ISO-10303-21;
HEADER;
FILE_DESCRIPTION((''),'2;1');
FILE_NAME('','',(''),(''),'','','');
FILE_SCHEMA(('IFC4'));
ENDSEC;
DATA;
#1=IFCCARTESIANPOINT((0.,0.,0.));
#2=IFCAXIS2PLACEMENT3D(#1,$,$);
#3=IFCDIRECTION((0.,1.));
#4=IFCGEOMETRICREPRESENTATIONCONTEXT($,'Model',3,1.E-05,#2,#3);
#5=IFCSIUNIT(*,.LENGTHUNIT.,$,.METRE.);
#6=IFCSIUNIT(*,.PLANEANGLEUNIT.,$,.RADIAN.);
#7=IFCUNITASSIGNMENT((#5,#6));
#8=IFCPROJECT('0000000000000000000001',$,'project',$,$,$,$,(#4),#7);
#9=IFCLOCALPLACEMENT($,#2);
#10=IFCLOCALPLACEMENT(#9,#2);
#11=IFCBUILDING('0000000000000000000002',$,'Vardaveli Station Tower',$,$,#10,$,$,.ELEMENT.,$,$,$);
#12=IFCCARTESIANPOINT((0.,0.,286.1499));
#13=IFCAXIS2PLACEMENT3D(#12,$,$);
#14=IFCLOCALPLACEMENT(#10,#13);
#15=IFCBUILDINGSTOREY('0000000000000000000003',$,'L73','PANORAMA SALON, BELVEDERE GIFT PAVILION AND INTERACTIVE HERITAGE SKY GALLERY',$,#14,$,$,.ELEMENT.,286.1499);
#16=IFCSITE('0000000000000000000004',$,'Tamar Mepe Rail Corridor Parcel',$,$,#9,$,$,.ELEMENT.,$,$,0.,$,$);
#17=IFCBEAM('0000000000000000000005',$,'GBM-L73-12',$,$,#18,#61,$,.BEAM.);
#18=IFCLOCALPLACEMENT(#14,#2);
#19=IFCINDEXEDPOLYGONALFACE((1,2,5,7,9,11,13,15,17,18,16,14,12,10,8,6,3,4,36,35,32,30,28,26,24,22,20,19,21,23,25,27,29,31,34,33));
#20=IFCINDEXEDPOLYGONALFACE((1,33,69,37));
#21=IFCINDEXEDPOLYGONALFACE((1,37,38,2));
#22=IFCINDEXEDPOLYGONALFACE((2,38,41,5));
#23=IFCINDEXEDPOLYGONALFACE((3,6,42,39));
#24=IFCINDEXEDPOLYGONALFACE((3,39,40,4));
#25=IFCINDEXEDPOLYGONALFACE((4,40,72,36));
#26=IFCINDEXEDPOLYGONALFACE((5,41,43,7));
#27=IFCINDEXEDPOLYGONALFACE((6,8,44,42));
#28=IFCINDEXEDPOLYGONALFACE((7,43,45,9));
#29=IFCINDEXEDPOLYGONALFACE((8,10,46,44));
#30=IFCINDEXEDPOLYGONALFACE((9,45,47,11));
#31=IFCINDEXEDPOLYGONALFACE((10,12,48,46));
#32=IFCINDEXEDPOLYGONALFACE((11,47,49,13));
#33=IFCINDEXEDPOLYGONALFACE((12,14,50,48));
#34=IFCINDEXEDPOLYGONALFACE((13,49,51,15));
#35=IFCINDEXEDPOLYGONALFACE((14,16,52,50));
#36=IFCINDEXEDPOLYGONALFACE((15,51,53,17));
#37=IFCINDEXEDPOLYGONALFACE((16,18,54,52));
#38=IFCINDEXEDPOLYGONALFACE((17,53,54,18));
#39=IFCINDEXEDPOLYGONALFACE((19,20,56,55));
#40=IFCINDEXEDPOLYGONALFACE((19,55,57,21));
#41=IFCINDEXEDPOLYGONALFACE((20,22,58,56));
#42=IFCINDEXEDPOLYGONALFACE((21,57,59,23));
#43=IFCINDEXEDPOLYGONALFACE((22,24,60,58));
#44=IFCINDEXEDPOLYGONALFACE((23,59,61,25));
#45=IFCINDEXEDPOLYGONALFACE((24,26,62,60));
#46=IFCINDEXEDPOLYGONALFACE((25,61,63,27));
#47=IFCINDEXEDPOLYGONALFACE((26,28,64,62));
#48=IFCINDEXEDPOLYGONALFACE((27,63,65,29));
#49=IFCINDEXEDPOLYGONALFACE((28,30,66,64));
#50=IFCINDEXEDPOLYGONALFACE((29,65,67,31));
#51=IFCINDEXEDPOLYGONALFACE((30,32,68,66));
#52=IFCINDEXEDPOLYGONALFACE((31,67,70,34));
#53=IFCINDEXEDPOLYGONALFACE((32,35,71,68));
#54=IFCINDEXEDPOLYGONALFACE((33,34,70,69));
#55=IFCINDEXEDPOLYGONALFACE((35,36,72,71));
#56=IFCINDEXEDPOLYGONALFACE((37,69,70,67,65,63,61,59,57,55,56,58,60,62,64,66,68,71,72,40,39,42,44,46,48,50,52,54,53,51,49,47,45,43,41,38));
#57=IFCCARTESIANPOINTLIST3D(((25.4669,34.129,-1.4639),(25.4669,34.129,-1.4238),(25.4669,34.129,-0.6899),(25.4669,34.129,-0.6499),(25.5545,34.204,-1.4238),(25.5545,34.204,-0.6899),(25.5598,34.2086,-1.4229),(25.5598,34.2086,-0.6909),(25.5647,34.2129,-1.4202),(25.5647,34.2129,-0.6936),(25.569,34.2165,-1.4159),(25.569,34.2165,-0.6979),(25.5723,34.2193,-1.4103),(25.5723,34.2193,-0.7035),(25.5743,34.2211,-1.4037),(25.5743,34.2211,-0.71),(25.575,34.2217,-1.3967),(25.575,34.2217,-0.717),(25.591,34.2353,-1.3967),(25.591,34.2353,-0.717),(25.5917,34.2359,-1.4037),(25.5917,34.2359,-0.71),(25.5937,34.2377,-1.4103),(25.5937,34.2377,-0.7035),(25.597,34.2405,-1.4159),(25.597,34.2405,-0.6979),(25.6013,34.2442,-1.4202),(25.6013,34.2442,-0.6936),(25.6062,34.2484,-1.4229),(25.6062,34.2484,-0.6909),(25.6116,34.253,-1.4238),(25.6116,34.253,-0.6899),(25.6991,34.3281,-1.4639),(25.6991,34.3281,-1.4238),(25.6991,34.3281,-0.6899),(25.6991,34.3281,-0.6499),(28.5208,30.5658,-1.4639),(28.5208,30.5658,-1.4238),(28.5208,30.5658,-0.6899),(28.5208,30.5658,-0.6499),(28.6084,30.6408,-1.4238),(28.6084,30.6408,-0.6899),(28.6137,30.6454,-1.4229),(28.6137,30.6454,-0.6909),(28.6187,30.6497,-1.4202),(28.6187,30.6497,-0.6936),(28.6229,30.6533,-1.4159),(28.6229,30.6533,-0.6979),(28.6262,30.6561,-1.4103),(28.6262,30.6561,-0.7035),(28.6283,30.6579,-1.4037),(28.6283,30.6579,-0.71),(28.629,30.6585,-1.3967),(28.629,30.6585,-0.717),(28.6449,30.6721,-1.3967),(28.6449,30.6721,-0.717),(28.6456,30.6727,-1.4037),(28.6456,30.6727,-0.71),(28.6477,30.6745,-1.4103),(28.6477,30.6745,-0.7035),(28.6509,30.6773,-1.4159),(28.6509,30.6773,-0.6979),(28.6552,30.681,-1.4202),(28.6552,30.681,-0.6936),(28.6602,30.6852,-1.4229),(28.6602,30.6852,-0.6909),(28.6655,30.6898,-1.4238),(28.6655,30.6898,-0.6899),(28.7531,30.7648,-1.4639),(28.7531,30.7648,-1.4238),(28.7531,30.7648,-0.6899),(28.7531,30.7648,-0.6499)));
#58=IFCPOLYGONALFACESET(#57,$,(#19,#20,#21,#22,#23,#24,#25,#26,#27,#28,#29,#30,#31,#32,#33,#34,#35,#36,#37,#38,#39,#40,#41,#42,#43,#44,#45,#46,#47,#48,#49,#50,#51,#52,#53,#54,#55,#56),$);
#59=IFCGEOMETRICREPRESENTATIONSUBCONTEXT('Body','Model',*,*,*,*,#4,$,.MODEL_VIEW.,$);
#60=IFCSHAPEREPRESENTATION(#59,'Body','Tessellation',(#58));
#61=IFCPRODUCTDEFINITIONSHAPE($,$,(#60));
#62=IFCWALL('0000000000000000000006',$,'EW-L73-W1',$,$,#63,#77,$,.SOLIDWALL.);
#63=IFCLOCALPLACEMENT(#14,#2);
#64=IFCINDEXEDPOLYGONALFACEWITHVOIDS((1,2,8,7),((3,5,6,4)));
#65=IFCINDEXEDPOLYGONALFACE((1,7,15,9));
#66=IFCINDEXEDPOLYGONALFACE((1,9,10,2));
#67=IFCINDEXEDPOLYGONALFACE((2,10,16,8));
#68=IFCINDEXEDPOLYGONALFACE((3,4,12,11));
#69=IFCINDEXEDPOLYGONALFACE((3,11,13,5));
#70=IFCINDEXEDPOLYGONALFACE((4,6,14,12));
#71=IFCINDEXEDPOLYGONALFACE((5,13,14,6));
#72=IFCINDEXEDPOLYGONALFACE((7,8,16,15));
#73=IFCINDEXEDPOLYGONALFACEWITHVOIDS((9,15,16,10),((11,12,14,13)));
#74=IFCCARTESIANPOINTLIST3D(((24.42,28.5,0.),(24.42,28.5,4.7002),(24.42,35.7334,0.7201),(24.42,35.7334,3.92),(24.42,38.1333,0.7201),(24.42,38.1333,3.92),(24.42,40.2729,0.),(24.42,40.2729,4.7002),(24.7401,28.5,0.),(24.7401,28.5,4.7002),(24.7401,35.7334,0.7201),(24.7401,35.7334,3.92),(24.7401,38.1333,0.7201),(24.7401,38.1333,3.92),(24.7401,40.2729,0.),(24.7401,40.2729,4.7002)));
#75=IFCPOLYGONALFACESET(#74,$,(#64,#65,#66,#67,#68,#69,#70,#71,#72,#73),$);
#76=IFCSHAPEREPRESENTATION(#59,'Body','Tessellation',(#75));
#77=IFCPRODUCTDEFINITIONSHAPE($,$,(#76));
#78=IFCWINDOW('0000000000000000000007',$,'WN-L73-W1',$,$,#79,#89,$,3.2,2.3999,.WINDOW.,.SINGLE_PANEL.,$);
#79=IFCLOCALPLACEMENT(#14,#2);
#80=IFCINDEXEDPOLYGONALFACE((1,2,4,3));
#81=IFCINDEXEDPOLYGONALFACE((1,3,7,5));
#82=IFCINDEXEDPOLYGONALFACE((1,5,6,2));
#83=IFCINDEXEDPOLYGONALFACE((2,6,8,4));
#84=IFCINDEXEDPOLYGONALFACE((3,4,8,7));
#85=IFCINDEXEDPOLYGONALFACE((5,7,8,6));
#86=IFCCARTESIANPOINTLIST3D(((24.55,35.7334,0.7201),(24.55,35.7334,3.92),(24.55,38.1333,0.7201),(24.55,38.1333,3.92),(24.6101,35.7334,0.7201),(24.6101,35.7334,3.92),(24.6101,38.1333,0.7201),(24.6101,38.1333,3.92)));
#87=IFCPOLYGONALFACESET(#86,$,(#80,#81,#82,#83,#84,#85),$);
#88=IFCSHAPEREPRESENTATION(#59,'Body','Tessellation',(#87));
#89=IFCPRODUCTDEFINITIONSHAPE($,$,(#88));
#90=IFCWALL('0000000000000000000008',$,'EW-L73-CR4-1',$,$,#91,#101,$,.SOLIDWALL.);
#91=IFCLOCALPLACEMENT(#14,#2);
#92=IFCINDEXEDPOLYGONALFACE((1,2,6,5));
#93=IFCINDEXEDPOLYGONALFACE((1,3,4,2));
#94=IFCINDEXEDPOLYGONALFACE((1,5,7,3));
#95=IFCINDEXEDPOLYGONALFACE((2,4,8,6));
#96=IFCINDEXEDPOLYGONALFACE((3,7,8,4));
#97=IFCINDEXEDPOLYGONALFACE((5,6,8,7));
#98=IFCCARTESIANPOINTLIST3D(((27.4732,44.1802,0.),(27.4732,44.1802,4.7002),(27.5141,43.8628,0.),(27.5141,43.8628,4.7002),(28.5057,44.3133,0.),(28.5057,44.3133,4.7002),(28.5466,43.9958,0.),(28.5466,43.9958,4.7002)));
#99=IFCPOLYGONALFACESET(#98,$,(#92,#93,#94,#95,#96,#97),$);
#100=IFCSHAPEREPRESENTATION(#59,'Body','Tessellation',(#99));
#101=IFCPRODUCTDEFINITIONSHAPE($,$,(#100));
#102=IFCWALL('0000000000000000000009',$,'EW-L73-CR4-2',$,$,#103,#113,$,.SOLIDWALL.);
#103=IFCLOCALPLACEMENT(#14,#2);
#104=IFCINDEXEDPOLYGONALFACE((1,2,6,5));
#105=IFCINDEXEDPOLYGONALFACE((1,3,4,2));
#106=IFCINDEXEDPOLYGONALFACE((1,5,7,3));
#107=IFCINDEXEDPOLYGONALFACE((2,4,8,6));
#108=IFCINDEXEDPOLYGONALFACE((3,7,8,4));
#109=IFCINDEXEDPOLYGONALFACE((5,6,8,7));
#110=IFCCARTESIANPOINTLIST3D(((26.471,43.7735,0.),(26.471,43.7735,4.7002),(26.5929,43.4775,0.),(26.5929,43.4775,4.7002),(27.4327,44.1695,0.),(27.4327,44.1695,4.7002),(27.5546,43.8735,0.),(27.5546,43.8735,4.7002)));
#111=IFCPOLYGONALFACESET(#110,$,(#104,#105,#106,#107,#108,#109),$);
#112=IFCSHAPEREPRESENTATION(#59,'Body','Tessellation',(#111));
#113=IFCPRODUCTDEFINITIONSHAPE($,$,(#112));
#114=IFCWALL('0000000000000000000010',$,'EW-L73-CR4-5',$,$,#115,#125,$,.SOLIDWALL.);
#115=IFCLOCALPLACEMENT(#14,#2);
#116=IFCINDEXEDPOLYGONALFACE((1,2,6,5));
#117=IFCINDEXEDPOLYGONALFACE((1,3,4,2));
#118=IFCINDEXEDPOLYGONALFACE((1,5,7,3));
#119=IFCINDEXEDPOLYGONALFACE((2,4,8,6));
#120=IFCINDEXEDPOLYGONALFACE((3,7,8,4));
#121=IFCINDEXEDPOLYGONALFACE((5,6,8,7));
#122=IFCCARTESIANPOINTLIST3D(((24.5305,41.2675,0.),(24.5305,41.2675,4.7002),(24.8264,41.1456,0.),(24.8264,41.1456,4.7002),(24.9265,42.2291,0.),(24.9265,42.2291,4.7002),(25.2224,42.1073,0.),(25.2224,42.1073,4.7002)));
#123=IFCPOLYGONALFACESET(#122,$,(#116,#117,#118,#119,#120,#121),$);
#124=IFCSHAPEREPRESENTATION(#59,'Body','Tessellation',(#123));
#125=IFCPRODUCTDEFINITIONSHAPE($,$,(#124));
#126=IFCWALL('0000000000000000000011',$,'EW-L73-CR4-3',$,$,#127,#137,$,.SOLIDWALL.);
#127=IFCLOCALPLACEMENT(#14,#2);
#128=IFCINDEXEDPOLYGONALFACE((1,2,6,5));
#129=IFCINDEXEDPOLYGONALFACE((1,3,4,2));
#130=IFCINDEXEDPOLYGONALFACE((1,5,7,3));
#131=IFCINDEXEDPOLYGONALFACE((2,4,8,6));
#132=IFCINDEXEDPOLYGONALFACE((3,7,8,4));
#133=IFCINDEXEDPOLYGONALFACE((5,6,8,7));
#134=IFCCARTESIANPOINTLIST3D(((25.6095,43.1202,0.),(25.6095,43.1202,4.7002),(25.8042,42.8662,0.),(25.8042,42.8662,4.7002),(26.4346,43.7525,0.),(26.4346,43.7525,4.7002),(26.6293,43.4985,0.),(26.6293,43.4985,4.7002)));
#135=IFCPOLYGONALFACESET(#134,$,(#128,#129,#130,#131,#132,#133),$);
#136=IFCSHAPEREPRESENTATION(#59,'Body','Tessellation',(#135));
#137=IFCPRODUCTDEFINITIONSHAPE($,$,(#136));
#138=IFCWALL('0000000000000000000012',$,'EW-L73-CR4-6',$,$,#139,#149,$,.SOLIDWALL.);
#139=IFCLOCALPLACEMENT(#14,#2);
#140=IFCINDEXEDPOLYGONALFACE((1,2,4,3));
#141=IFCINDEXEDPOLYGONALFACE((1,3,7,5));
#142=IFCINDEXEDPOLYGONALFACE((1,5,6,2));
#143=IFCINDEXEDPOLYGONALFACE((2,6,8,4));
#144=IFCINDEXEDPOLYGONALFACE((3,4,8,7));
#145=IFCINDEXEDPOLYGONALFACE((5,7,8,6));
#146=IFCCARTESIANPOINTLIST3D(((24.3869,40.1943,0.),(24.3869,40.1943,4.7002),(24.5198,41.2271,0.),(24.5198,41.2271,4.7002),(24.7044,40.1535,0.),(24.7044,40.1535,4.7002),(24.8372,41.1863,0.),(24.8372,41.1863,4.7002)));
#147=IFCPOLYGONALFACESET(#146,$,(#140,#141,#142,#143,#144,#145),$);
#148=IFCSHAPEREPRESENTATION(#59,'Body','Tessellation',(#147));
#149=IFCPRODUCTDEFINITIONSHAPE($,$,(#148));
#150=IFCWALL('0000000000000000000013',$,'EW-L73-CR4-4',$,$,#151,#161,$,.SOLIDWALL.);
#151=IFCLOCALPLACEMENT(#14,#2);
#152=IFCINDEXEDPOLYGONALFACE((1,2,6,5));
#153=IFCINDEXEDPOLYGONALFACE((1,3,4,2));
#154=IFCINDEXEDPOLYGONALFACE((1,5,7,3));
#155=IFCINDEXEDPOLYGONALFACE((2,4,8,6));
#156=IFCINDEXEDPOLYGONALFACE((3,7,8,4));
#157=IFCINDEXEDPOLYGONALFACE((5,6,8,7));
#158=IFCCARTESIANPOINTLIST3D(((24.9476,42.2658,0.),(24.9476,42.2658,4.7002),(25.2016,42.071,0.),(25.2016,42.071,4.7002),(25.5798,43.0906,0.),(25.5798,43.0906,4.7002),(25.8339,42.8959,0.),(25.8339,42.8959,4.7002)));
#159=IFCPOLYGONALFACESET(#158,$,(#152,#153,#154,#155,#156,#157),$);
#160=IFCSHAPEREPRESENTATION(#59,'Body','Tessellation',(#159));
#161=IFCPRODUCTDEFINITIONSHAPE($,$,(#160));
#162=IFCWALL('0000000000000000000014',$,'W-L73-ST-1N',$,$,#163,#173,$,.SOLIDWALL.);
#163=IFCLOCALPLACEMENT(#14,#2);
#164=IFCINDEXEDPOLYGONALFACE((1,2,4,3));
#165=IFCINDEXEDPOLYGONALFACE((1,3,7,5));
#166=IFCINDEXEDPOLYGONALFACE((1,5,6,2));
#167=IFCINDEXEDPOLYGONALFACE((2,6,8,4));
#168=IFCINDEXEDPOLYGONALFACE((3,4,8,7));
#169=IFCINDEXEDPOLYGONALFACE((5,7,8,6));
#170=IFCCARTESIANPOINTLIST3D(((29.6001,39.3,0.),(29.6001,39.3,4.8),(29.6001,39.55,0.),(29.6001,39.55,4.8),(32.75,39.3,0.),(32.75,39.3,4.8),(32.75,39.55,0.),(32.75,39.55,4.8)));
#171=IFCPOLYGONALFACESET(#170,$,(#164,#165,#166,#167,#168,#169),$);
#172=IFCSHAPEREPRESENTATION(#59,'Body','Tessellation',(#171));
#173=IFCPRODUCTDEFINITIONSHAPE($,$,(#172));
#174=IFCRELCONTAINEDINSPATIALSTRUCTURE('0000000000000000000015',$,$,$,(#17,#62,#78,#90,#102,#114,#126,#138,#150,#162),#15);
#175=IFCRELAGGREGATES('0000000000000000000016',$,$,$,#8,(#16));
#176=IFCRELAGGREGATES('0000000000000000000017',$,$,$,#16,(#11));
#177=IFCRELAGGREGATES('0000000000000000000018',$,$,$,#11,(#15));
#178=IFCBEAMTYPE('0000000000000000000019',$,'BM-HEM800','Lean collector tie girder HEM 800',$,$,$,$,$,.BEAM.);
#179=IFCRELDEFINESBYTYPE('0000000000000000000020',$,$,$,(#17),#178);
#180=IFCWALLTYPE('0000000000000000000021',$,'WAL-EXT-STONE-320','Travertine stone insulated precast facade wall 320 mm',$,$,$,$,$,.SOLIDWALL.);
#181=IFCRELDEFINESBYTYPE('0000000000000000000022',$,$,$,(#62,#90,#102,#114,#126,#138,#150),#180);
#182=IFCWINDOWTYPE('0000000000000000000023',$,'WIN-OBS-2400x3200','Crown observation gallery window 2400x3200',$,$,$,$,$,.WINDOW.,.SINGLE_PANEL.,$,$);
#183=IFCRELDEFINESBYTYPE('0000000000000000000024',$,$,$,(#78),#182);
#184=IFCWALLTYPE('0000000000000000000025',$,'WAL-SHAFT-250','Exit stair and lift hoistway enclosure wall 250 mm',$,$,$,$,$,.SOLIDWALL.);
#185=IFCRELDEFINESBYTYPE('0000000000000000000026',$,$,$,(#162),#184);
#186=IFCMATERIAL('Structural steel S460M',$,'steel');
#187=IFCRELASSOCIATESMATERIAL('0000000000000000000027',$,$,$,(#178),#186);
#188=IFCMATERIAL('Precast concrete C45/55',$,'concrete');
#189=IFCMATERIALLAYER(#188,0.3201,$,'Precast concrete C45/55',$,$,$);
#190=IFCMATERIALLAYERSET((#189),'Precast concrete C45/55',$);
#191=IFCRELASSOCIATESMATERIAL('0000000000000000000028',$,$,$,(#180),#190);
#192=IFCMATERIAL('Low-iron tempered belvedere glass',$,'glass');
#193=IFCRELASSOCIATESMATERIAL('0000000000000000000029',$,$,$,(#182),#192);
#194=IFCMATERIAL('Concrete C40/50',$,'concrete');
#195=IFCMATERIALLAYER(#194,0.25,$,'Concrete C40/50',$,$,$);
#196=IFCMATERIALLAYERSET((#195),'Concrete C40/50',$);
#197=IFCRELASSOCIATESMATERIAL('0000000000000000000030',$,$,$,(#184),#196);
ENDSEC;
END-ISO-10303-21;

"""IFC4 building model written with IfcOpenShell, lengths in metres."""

from ifc_helpers import new_model, si_unit, direction, frame, frame_2d, origin, origin_2d, place, context, subcontext, project, spatial, rectangle, i_section, extrude, source, transform, mapped, material, layer, layer_set, material_profile, profile_set, type_object, element, fill, save


model = new_model("IFC4")

# Units and contexts
model_context = context("Model", 3, precision=1e-05, world=origin(), true_north=direction((0.0, 1.0)))
body_context = subcontext(model_context, "Body", "Model", "MODEL_VIEW")
ifc_project = project(units=[si_unit("LENGTHUNIT", "METRE"), si_unit("PLANEANGLEUNIT", "RADIAN")], contexts=[model_context])

# Site, building, storey
site_placement = place(None, origin())
site = spatial("IfcSite", under=ifc_project, at=site_placement, Name="Tamar Mepe Rail Corridor Parcel", CompositionType="ELEMENT", RefElevation=0.0)
building_placement = place(site_placement, origin())
building = spatial("IfcBuilding", under=site, at=building_placement, Name="Vardaveli Station Tower", CompositionType="ELEMENT")
storey_placement = place(building_placement, frame((0.0, 0.0, 286.1499)))
storey = spatial("IfcBuildingStorey", under=building, at=storey_placement, Name="L73", Description="PANORAMA SALON, BELVEDERE GIFT PAVILION AND INTERACTIVE HERITAGE SKY GALLERY", CompositionType="ELEMENT", Elevation=286.1499)

# Beam
ifc_material_1 = material(Name="Structural steel S460M", Category="steel")
ifc_material_profile_1 = material_profile(ifc_material_1, i_section(OverallWidth=0.3059, OverallDepth=0.814, WebThickness=0.021, FlangeThickness=0.04, FilletRadius=0.0271, at=origin_2d()), Name="HEM 800")
ifc_profile_set_1 = profile_set([ifc_material_profile_1], Name="Structural steel S460M")
beam_type_1 = type_object("IfcBeamType", Name="BM-HEM800", Description="Lean collector tie girder HEM 800", PredefinedType="BEAM", material=ifc_profile_set_1)
shared_shape_1 = source(origin(), body_context, "Body", "SweptSolid", [
    extrude(i_section(OverallWidth=0.3059, OverallDepth=0.814, WebThickness=0.021, FlangeThickness=0.04, FilletRadius=0.0271, at=origin_2d()), origin(), (0.0, 0.0, 1.0), 4.6929),
])
beam_1_placement = place(storey_placement, frame((25.583, 34.2285, -1.0569), z_axis=(0.650761, -0.759282, 0.0), x_axis=(0.759282, 0.650761, 0.0)))
element("IfcBeam", 1, at=beam_1_placement, inside=storey, type_object=beam_type_1, Name="GBM-L73-12", PredefinedType="BEAM", context=body_context, shape_type="MappedRepresentation", body=[
    mapped(shared_shape_1, transform((0.0, 0.0, 0.0), scale=1.0)),
])

# Wall, opening, window
ifc_material_2 = material(Name="Precast concrete C45/55", Category="concrete")
ifc_layer_1 = layer(ifc_material_2, 0.3201, Name="Precast concrete C45/55")
ifc_layer_set_1 = layer_set([ifc_layer_1], Name="Precast concrete C45/55")
wall_type_1 = type_object("IfcWallType", Name="WAL-EXT-STONE-320", Description="Travertine stone insulated precast facade wall 320 mm", PredefinedType="SOLIDWALL", material=ifc_layer_set_1)
shared_shape_2 = source(origin(), body_context, "Body", "SweptSolid", [
    extrude(rectangle(XDim=11.7729, YDim=0.3201, at=frame_2d((5.8865, 0.0))), origin(), (0.0, 0.0, 1.0), 4.7002),
])
wall_1_placement = place(storey_placement, frame((24.5801, 40.2729, 0.0), z_axis=(0.0, 0.0, 1.0), x_axis=(0.0, -1.0, 0.0)))
wall_1 = element("IfcWall", 2, at=wall_1_placement, inside=storey, type_object=wall_type_1, Name="EW-L73-W1", PredefinedType="SOLIDWALL", context=body_context, shape_type="MappedRepresentation", body=[
    mapped(shared_shape_2, transform((0.0, 0.0, 0.0), scale=1.0)),
])
shared_shape_3 = source(origin(), body_context, "Body", "SweptSolid", [
    extrude(rectangle(XDim=2.3999, YDim=3.2, at=frame_2d((1.2, 1.6001))), frame((0.0, 0.1699, 0.0), z_axis=(0.0, -1.0, 0.0), x_axis=(1.0, 0.0, 0.0)), (0.0, 0.0, 1.0), 0.3401),
])
opening_placement = place(wall_1_placement, frame((2.1396, 0.0, 0.72)))
opening = element("IfcOpeningElement", 3, at=opening_placement, cuts=wall_1, PredefinedType="OPENING", context=body_context, shape_type="MappedRepresentation", body=[
    mapped(shared_shape_3, transform((0.0, 0.0, 0.0), scale=1.0)),
])
ifc_material_3 = material(Name="Low-iron tempered belvedere glass", Category="glass")
window_type = type_object("IfcWindowType", Name="WIN-OBS-2400x3200", Description="Crown observation gallery window 2400x3200", PartitioningType="SINGLE_PANEL", PredefinedType="WINDOW", material=ifc_material_3)
shared_shape_4 = source(origin(), body_context, "Body", "SweptSolid", [
    extrude(rectangle(XDim=2.3999, YDim=3.2, at=frame_2d((1.2, 1.6001))), frame((0.0, 0.03, 0.0), z_axis=(0.0, -1.0, 0.0), x_axis=(1.0, 0.0, 0.0)), (0.0, 0.0, 1.0), 0.0601),
])
window_placement = place(opening_placement, origin())
window = element("IfcWindow", 4, at=window_placement, inside=storey, type_object=window_type, Name="WN-L73-W1", OverallHeight=3.2, OverallWidth=2.3999, PartitioningType="SINGLE_PANEL", PredefinedType="WINDOW", context=body_context, shape_type="MappedRepresentation", body=[
    mapped(shared_shape_4, transform((0.0, 0.0, 0.0), scale=1.0)),
])
fill(opening, window)

# Walls
shared_shape_5 = source(origin(), body_context, "Body", "SweptSolid", [
    extrude(rectangle(XDim=1.041, YDim=0.3201, at=frame_2d((0.5205, 0.0))), origin(), (0.0, 0.0, 1.0), 4.7002),
])
wall_2_placement = place(storey_placement, frame((28.5261, 44.1545, 0.0), z_axis=(0.0, 0.0, 1.0), x_axis=(-0.991798, -0.127815, 0.0)))
element("IfcWall", 5, at=wall_2_placement, inside=storey, type_object=wall_type_1, Name="EW-L73-CR4-1", PredefinedType="SOLIDWALL", context=body_context, shape_type="MappedRepresentation", body=[
    mapped(shared_shape_5, transform((0.0, 0.0, 0.0), scale=1.0)),
])
shared_shape_6 = source(origin(), body_context, "Body", "SweptSolid", [
    extrude(rectangle(XDim=1.04, YDim=0.3201, at=frame_2d((0.52, 0.0))), origin(), (0.0, 0.0, 1.0), 4.7002),
])
for number, where, z_axis, x_axis, name in (
    (6, (27.4937, 44.0215, 0.0), (0.0, 0.0, 1.0), (-0.924673, -0.380762, 0.0), "EW-L73-CR4-2"),
    (7, (25.0745, 42.1682, 0.0), (0.0, 0.0, 1.0), (-0.380762, -0.924673, 0.0), "EW-L73-CR4-5"),
):
    element("IfcWall", number, at=place(storey_placement, frame(where, z_axis=z_axis, x_axis=x_axis)), inside=storey, type_object=wall_type_1, Name=name, PredefinedType="SOLIDWALL", context=body_context, shape_type="MappedRepresentation", body=[
        mapped(shared_shape_6, transform((0.0, 0.0, 0.0), scale=1.0)),
    ])
shared_shape_7 = source(origin(), body_context, "Body", "SweptSolid", [
    extrude(rectangle(XDim=1.0396, YDim=0.3201, at=frame_2d((0.5198, 0.0))), origin(), (0.0, 0.0, 1.0), 4.7002),
])
wall_3_placement = place(storey_placement, frame((26.532, 43.6255, 0.0), z_axis=(0.0, 0.0, 1.0), x_axis=(-0.793758, -0.608234, 0.0)))
element("IfcWall", 8, at=wall_3_placement, inside=storey, type_object=wall_type_1, Name="EW-L73-CR4-3", PredefinedType="SOLIDWALL", context=body_context, shape_type="MappedRepresentation", body=[
    mapped(shared_shape_7, transform((0.0, 0.0, 0.0), scale=1.0)),
])
shared_shape_8 = source(origin(), body_context, "Body", "SweptSolid", [
    extrude(rectangle(XDim=1.0413, YDim=0.3201, at=frame_2d((0.5205, 0.0))), origin(), (0.0, 0.0, 1.0), 4.7002),
])
wall_4_placement = place(storey_placement, frame((24.6785, 41.2065, 0.0), z_axis=(0.0, 0.0, 1.0), x_axis=(-0.127555, -0.991832, 0.0)))
element("IfcWall", 9, at=wall_4_placement, inside=storey, type_object=wall_type_1, Name="EW-L73-CR4-6", PredefinedType="SOLIDWALL", context=body_context, shape_type="MappedRepresentation", body=[
    mapped(shared_shape_8, transform((0.0, 0.0, 0.0), scale=1.0)),
])
shared_shape_9 = source(origin(), body_context, "Body", "SweptSolid", [
    extrude(rectangle(XDim=1.0393, YDim=0.3201, at=frame_2d((0.5195, 0.0))), origin(), (0.0, 0.0, 1.0), 4.7002),
])
wall_5_placement = place(storey_placement, frame((25.7068, 42.9932, 0.0), z_axis=(0.0, 0.0, 1.0), x_axis=(-0.608348, -0.793671, 0.0)))
element("IfcWall", 10, at=wall_5_placement, inside=storey, type_object=wall_type_1, Name="EW-L73-CR4-4", PredefinedType="SOLIDWALL", context=body_context, shape_type="MappedRepresentation", body=[
    mapped(shared_shape_9, transform((0.0, 0.0, 0.0), scale=1.0)),
])
ifc_material_4 = material(Name="Concrete C40/50", Category="concrete")
ifc_layer_2 = layer(ifc_material_4, 0.25, Name="Concrete C40/50")
ifc_layer_set_2 = layer_set([ifc_layer_2], Name="Concrete C40/50")
wall_type_2 = type_object("IfcWallType", Name="WAL-SHAFT-250", Description="Exit stair and lift hoistway enclosure wall 250 mm", PredefinedType="SOLIDWALL", material=ifc_layer_set_2)
shared_shape_10 = source(origin(), body_context, "Body", "SweptSolid", [
    extrude(rectangle(XDim=3.1499, YDim=0.25, at=frame_2d((1.575, 0.0))), origin(), (0.0, 0.0, 1.0), 4.8),
])
wall_6_placement = place(storey_placement, frame((29.6001, 39.425, 0.0), z_axis=(0.0, 0.0, 1.0), x_axis=(1.0, 0.0, 0.0)))
element("IfcWall", 11, at=wall_6_placement, inside=storey, type_object=wall_type_2, Name="W-L73-ST-1N", PredefinedType="SOLIDWALL", context=body_context, shape_type="MappedRepresentation", body=[
    mapped(shared_shape_10, transform((0.0, 0.0, 0.0), scale=1.0)),
])

save(model, "model.ifc")
